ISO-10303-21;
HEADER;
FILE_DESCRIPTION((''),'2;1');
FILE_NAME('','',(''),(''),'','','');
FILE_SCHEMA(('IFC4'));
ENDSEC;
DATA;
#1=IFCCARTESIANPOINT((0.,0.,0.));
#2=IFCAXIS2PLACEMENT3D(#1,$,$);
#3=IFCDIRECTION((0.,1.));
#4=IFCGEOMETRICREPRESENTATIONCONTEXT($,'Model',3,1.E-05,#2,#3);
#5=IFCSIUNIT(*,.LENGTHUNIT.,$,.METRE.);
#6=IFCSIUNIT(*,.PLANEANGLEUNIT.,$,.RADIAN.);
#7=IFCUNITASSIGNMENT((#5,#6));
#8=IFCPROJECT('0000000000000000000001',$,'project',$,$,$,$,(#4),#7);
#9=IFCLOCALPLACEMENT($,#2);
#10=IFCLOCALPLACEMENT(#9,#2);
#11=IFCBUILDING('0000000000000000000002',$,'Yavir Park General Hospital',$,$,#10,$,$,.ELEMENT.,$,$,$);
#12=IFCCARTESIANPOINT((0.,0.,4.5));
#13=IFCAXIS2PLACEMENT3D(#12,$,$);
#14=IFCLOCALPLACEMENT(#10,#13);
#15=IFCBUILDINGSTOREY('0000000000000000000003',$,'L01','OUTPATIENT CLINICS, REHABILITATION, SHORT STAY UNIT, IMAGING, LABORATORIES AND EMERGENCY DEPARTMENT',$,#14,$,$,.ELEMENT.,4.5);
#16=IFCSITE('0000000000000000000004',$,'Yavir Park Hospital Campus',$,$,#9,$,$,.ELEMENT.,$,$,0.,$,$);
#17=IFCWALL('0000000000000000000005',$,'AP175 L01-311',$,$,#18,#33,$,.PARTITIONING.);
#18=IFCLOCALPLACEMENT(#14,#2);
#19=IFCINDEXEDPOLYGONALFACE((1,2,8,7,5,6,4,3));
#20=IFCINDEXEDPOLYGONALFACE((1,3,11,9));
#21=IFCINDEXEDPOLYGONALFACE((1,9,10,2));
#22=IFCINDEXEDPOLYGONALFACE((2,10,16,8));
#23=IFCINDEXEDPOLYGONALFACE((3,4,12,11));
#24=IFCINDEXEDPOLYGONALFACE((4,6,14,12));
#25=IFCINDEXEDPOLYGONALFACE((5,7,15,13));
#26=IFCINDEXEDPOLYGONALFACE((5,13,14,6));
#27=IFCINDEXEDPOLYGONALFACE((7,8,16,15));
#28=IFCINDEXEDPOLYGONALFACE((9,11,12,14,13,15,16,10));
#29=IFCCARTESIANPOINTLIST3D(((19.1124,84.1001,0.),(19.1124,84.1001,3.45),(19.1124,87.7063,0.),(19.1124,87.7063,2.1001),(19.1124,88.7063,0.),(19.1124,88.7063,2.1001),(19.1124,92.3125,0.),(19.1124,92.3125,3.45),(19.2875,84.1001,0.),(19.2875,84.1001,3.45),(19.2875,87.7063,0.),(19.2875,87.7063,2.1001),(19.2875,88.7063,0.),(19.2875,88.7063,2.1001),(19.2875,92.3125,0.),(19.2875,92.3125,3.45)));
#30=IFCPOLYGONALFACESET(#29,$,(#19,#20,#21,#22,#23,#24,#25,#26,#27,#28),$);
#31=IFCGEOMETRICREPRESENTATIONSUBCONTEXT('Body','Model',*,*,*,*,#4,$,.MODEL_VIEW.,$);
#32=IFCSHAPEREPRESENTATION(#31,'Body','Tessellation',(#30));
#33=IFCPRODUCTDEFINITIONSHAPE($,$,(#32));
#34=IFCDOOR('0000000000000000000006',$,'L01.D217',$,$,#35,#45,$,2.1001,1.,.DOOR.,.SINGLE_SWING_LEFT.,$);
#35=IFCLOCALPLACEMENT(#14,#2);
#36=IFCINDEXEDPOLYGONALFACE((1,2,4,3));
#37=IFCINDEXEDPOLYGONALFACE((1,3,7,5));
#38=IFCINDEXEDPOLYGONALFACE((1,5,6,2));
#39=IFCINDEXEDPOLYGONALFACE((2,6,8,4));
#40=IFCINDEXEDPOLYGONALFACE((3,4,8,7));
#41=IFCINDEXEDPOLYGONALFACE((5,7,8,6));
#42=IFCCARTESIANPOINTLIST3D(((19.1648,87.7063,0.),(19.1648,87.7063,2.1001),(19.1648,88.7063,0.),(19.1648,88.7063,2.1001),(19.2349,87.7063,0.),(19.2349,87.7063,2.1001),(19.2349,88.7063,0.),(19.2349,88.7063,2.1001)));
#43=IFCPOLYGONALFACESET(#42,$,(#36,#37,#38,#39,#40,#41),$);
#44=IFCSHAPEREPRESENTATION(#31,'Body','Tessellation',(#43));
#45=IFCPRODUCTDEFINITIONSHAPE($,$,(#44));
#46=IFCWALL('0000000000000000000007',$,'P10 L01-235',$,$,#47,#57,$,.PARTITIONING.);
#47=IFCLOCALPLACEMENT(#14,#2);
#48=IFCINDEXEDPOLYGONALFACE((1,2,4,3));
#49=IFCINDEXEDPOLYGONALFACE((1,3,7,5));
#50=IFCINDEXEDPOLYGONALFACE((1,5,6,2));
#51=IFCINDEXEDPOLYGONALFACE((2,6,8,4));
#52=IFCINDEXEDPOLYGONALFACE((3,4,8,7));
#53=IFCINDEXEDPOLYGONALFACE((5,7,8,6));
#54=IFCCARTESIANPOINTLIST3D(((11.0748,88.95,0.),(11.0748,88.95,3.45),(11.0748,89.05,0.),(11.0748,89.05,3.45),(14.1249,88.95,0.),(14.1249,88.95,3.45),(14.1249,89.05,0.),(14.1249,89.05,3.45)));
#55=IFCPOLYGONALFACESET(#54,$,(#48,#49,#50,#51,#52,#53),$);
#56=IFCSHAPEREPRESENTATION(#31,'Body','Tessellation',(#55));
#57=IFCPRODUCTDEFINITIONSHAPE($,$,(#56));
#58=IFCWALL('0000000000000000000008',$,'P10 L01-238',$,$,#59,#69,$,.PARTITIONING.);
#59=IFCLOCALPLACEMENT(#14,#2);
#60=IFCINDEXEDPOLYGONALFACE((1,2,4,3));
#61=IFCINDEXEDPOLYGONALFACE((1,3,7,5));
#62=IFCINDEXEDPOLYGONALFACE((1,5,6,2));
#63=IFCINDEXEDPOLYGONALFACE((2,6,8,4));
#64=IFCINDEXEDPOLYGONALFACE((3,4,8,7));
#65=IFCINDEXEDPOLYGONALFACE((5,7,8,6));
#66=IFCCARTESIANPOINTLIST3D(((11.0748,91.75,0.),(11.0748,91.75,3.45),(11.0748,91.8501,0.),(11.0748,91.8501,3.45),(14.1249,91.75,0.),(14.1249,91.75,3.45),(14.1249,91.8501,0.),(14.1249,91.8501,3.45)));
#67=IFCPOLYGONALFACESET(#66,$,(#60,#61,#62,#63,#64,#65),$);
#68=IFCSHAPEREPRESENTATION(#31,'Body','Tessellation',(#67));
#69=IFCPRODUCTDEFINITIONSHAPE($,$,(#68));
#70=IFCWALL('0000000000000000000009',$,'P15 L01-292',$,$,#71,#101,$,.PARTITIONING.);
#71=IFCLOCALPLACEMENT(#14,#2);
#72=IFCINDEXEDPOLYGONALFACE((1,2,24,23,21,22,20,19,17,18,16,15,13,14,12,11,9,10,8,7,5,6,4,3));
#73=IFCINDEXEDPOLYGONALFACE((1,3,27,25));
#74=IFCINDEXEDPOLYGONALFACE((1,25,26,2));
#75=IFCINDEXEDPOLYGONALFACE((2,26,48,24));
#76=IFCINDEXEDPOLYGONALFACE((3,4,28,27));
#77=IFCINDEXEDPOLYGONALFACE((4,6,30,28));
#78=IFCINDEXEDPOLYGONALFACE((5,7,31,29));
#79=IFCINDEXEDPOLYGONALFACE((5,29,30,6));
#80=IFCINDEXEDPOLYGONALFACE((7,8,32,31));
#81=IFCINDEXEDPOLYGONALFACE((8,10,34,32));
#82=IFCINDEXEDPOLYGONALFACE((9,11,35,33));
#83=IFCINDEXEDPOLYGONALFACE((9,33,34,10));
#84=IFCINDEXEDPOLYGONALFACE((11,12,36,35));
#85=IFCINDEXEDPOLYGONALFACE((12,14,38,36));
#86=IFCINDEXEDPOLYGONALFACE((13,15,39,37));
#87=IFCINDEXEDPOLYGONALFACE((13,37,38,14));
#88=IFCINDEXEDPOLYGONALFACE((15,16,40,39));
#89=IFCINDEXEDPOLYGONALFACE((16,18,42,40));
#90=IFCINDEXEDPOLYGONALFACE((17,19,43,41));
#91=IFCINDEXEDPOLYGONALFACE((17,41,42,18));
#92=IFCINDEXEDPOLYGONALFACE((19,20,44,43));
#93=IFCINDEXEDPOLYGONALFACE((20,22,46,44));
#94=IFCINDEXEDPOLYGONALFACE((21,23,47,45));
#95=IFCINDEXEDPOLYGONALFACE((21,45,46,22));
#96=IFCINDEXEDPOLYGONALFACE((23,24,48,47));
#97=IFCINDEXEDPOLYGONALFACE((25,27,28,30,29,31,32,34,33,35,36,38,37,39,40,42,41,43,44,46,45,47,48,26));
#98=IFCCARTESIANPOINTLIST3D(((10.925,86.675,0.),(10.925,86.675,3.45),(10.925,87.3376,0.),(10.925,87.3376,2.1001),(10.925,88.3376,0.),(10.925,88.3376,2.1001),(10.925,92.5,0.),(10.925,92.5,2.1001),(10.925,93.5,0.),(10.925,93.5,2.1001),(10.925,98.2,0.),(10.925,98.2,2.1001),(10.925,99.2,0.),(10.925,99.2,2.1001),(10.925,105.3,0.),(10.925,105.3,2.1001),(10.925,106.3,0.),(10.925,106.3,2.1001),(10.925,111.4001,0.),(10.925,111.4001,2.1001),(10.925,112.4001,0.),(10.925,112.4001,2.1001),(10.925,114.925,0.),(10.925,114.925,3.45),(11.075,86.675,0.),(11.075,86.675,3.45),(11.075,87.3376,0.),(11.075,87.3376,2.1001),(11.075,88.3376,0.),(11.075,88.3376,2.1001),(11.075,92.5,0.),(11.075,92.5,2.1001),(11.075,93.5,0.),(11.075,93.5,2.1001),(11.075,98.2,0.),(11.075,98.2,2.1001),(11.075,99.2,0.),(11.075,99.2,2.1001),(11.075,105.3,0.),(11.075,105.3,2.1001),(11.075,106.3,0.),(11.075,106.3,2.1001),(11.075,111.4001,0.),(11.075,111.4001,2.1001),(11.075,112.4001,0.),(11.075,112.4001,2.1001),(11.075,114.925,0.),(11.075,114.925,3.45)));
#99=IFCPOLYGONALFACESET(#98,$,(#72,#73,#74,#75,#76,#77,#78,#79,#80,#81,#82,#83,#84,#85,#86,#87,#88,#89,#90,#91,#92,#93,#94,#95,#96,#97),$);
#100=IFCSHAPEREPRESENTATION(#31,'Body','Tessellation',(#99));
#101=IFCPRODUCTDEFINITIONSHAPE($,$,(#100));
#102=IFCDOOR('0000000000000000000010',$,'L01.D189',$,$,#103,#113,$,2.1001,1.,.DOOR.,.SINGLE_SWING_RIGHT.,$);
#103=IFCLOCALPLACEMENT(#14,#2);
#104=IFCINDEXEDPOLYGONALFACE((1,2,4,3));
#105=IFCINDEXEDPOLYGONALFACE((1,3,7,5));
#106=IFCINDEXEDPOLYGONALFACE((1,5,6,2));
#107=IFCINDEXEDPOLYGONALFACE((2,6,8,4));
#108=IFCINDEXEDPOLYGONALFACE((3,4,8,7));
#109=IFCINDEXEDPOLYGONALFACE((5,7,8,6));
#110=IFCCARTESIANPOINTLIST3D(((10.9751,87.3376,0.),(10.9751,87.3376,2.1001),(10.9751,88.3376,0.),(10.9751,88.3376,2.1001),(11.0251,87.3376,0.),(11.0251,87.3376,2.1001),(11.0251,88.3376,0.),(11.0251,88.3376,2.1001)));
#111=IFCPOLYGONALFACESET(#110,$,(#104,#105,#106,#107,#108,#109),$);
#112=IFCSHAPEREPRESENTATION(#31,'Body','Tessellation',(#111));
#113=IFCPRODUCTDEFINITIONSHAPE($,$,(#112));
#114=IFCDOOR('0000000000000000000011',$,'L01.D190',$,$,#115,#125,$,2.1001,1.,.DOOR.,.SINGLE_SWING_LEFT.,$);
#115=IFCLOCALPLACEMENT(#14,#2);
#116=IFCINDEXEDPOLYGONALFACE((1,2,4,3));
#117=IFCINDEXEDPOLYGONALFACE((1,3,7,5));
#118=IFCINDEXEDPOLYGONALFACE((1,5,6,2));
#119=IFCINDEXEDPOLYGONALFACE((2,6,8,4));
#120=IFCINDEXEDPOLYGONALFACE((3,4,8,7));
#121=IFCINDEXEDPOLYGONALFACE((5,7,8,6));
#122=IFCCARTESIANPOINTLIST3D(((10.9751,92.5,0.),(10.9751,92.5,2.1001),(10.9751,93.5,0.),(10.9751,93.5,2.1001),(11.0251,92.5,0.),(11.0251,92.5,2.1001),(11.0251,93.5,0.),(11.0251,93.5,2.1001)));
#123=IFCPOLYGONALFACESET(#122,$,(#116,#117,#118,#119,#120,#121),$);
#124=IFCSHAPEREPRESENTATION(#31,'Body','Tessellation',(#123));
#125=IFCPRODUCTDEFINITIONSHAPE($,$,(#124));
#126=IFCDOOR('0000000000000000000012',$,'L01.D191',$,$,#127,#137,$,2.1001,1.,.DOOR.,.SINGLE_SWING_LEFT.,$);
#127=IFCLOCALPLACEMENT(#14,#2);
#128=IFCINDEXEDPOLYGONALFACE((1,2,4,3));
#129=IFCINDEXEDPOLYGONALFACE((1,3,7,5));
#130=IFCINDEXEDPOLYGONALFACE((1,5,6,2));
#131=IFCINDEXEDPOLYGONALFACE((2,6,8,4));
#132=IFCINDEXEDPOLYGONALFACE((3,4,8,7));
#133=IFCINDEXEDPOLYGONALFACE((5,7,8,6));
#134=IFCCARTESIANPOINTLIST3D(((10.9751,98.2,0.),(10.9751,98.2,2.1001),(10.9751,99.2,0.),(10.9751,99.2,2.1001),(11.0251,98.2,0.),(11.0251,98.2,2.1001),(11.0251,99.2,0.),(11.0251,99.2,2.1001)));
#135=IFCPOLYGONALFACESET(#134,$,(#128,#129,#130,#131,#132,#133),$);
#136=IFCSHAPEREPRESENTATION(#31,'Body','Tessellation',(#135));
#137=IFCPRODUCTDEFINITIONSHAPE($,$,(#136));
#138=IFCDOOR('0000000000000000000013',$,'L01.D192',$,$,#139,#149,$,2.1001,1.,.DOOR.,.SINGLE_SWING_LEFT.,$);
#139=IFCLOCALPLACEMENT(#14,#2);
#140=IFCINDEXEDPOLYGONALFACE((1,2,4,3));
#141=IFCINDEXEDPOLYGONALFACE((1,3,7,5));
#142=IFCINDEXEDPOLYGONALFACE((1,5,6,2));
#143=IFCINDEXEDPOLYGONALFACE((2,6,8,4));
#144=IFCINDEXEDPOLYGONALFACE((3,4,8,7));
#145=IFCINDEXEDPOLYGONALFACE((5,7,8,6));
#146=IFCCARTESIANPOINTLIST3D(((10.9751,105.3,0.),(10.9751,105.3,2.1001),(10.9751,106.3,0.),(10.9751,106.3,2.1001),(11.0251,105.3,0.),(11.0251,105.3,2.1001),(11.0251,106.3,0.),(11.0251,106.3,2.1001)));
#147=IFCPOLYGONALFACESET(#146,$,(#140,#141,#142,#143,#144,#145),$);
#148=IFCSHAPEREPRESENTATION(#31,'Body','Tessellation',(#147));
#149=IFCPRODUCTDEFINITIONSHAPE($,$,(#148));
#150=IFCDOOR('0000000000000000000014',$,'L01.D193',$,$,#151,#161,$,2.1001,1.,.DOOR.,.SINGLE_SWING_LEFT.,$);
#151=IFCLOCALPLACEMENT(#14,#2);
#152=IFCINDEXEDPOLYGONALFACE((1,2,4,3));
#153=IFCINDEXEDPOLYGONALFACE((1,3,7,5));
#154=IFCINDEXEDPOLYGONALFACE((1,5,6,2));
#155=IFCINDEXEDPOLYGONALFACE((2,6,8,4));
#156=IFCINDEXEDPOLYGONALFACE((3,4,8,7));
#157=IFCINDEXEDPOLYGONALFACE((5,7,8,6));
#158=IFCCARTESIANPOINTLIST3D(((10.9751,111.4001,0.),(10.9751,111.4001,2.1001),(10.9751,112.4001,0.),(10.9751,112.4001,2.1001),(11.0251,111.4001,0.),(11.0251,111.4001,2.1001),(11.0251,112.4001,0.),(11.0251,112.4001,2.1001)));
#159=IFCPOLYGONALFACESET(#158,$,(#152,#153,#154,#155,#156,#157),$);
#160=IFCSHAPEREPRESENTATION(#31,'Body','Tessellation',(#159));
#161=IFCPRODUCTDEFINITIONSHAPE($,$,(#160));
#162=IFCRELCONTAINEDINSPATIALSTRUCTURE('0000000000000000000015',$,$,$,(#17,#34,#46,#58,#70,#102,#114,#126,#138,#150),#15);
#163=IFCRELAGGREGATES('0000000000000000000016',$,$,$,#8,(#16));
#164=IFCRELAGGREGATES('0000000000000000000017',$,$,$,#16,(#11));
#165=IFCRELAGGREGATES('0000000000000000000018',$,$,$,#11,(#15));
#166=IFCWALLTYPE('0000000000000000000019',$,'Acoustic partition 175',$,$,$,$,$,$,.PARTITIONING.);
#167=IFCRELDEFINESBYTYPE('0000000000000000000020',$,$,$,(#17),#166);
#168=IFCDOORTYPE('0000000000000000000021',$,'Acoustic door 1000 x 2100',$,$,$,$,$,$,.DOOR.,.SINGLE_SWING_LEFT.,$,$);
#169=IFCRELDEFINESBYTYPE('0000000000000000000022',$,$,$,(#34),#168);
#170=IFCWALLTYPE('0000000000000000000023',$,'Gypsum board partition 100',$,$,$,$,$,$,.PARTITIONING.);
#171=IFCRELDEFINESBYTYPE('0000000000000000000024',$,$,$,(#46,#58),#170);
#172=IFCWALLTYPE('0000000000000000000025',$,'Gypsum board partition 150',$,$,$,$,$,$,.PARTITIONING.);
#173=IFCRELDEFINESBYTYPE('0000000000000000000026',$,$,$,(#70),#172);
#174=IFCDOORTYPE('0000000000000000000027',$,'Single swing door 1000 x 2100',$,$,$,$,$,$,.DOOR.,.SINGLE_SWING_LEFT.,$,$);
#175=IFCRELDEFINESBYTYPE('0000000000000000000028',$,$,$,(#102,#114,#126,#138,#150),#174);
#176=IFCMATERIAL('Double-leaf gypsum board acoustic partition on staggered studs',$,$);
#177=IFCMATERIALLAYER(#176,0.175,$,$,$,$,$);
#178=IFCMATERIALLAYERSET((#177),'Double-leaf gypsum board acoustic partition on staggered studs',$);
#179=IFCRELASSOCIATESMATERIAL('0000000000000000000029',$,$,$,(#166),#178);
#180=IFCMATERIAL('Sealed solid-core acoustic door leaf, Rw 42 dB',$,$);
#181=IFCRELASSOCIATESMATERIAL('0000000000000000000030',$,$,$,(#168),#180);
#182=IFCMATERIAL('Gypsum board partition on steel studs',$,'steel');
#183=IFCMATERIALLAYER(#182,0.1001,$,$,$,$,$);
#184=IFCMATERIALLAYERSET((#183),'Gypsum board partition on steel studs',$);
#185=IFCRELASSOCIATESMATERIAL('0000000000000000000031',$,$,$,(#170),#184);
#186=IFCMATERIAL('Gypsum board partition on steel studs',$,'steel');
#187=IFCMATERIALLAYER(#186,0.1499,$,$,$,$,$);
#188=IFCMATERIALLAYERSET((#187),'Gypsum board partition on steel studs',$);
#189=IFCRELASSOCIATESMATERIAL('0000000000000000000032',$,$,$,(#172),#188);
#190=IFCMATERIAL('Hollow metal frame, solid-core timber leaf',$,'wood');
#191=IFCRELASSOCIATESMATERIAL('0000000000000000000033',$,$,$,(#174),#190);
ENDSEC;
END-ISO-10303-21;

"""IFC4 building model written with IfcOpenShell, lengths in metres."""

from ifc_helpers import new_model, si_unit, direction, frame, frame_2d, origin, place, context, subcontext, project, spatial, rectangle, extrude, material, layer, layer_set, type_object, element, fill, save


model = new_model("IFC4")

# Units and contexts
model_context = context("Model", 3, precision=1e-05, world=origin(), true_north=direction((0.0, 1.0)))
body_context = subcontext(model_context, "Body", "Model", "MODEL_VIEW")
ifc_project = project(units=[si_unit("LENGTHUNIT", "METRE"), si_unit("PLANEANGLEUNIT", "RADIAN")], contexts=[model_context])

# Site, building, storey
site_placement = place(None, origin())
site = spatial("IfcSite", under=ifc_project, at=site_placement, Name="Yavir Park Hospital Campus", CompositionType="ELEMENT", RefElevation=0.0)
building_placement = place(site_placement, origin())
building = spatial("IfcBuilding", under=site, at=building_placement, Name="Yavir Park General Hospital", CompositionType="ELEMENT")
storey_placement = place(building_placement, frame((0.0, 0.0, 4.5)))
storey = spatial("IfcBuildingStorey", under=building, at=storey_placement, Name="L01", Description="OUTPATIENT CLINICS, REHABILITATION, SHORT STAY UNIT, IMAGING, LABORATORIES AND EMERGENCY DEPARTMENT", CompositionType="ELEMENT", Elevation=4.5)

# Wall, opening, door
ifc_material_1 = material(Name="Double-leaf gypsum board acoustic partition on staggered studs")
ifc_layer_1 = layer(ifc_material_1, 0.175)
ifc_layer_set_1 = layer_set([ifc_layer_1], Name="Double-leaf gypsum board acoustic partition on staggered studs")
wall_type_1 = type_object("IfcWallType", Name="Acoustic partition 175", PredefinedType="PARTITIONING", material=ifc_layer_set_1)
wall_1_placement = place(storey_placement, frame((19.2, 84.1001, 0.0), z_axis=(0.0, 0.0, 1.0), x_axis=(0.0, 1.0, 0.0)))
wall_1 = element("IfcWall", 1, at=wall_1_placement, inside=storey, type_object=wall_type_1, Name="AP175 L01-311", PredefinedType="PARTITIONING", context=body_context, shape_type="SweptSolid", body=[
    extrude(rectangle(XDim=8.2124, YDim=0.175, at=frame_2d((4.1062, 0.0))), origin(), (0.0, 0.0, 1.0), 3.45),
])
opening_1_placement = place(wall_1_placement, frame((3.6062, 0.0, 0.0)))
opening_1 = element("IfcOpeningElement", 2, at=opening_1_placement, cuts=wall_1, PredefinedType="OPENING", context=body_context, shape_type="SweptSolid", body=[
    extrude(rectangle(XDim=1.0, YDim=2.1001, at=frame_2d((0.5, 1.05))), frame((0.0, 0.0974, 0.0), z_axis=(0.0, -1.0, 0.0), x_axis=(1.0, 0.0, 0.0)), (0.0, 0.0, 1.0), 0.1951),
])
ifc_material_2 = material(Name="Sealed solid-core acoustic door leaf, Rw 42 dB")
door_type_1 = type_object("IfcDoorType", Name="Acoustic door 1000 x 2100", OperationType="SINGLE_SWING_LEFT", PredefinedType="DOOR", material=ifc_material_2)
door_1_placement = place(opening_1_placement, origin())
door_1 = element("IfcDoor", 3, at=door_1_placement, inside=storey, type_object=door_type_1, Name="L01.D217", OperationType="SINGLE_SWING_LEFT", OverallHeight=2.1001, OverallWidth=1.0, PredefinedType="DOOR", context=body_context, shape_type="SweptSolid", body=[
    extrude(rectangle(XDim=1.0, YDim=2.1001, at=frame_2d((0.5, 1.05))), frame((0.0, 0.0352, 0.0), z_axis=(0.0, -1.0, 0.0), x_axis=(1.0, 0.0, 0.0)), (0.0, 0.0, 1.0), 0.0701),
])
fill(opening_1, door_1)

# Walls
ifc_material_3 = material(Name="Gypsum board partition on steel studs", Category="steel")
ifc_layer_2 = layer(ifc_material_3, 0.1001)
ifc_layer_set_2 = layer_set([ifc_layer_2], Name="Gypsum board partition on steel studs")
wall_type_2 = type_object("IfcWallType", Name="Gypsum board partition 100", PredefinedType="PARTITIONING", material=ifc_layer_set_2)
for number, where, z_axis, x_axis, name in (
    (4, (11.075, 89.0, 0.0), (0.0, 0.0, 1.0), (1.0, 0.0, 0.0), "P10 L01-235"),
    (5, (11.075, 91.8, 0.0), (0.0, 0.0, 1.0), (1.0, 0.0, 0.0), "P10 L01-238"),
):
    element("IfcWall", number, at=place(storey_placement, frame(where, z_axis=z_axis, x_axis=x_axis)), inside=storey, type_object=wall_type_2, Name=name, PredefinedType="PARTITIONING", context=body_context, shape_type="SweptSolid", body=[
        extrude(rectangle(XDim=3.05, YDim=0.1001, at=frame_2d((1.5249, 0.0))), origin(), (0.0, 0.0, 1.0), 3.45),
    ])

# Wall, openings, doors
ifc_material_4 = material(Name="Gypsum board partition on steel studs", Category="steel")
ifc_layer_3 = layer(ifc_material_4, 0.1499)
ifc_layer_set_3 = layer_set([ifc_layer_3], Name="Gypsum board partition on steel studs")
wall_type_3 = type_object("IfcWallType", Name="Gypsum board partition 150", PredefinedType="PARTITIONING", material=ifc_layer_set_3)
wall_2_placement = place(storey_placement, frame((11.0, 86.675, 0.0), z_axis=(0.0, 0.0, 1.0), x_axis=(0.0, 1.0, 0.0)))
wall_2 = element("IfcWall", 6, at=wall_2_placement, inside=storey, type_object=wall_type_3, Name="P15 L01-292", PredefinedType="PARTITIONING", context=body_context, shape_type="SweptSolid", body=[
    extrude(rectangle(XDim=28.25, YDim=0.1499, at=frame_2d((14.125, 0.0))), origin(), (0.0, 0.0, 1.0), 3.45),
])
opening_2_placement = place(wall_2_placement, frame((0.6626, 0.0, 0.0)))
opening_2 = element("IfcOpeningElement", 7, at=opening_2_placement, cuts=wall_2, PredefinedType="OPENING", context=body_context, shape_type="SweptSolid", body=[
    extrude(rectangle(XDim=1.0, YDim=2.1001, at=frame_2d((0.5, 1.05))), frame((0.0, 0.085, 0.0), z_axis=(0.0, -1.0, 0.0), x_axis=(1.0, 0.0, 0.0)), (0.0, 0.0, 1.0), 0.1699),
])
opening_3_placement = place(wall_2_placement, frame((5.825, 0.0, 0.0)))
opening_3 = element("IfcOpeningElement", 8, at=opening_3_placement, cuts=wall_2, PredefinedType="OPENING", context=body_context, shape_type="SweptSolid", body=[
    extrude(rectangle(XDim=1.0, YDim=2.1001, at=frame_2d((0.5, 1.05))), frame((0.0, 0.085, 0.0), z_axis=(0.0, -1.0, 0.0), x_axis=(1.0, 0.0, 0.0)), (0.0, 0.0, 1.0), 0.1699),
])
opening_4_placement = place(wall_2_placement, frame((11.5249, 0.0, 0.0)))
opening_4 = element("IfcOpeningElement", 9, at=opening_4_placement, cuts=wall_2, PredefinedType="OPENING", context=body_context, shape_type="SweptSolid", body=[
    extrude(rectangle(XDim=1.0, YDim=2.1001, at=frame_2d((0.5, 1.05))), frame((0.0, 0.085, 0.0), z_axis=(0.0, -1.0, 0.0), x_axis=(1.0, 0.0, 0.0)), (0.0, 0.0, 1.0), 0.1699),
])
opening_5_placement = place(wall_2_placement, frame((18.625, 0.0, 0.0)))
opening_5 = element("IfcOpeningElement", 10, at=opening_5_placement, cuts=wall_2, PredefinedType="OPENING", context=body_context, shape_type="SweptSolid", body=[
    extrude(rectangle(XDim=1.0, YDim=2.1001, at=frame_2d((0.5, 1.05))), frame((0.0, 0.085, 0.0), z_axis=(0.0, -1.0, 0.0), x_axis=(1.0, 0.0, 0.0)), (0.0, 0.0, 1.0), 0.1699),
])
opening_6_placement = place(wall_2_placement, frame((24.7251, 0.0, 0.0)))
opening_6 = element("IfcOpeningElement", 11, at=opening_6_placement, cuts=wall_2, PredefinedType="OPENING", context=body_context, shape_type="SweptSolid", body=[
    extrude(rectangle(XDim=1.0, YDim=2.1001, at=frame_2d((0.5, 1.05))), frame((0.0, 0.085, 0.0), z_axis=(0.0, -1.0, 0.0), x_axis=(1.0, 0.0, 0.0)), (0.0, 0.0, 1.0), 0.1699),
])
ifc_material_5 = material(Name="Hollow metal frame, solid-core timber leaf", Category="wood")
door_type_2 = type_object("IfcDoorType", Name="Single swing door 1000 x 2100", OperationType="SINGLE_SWING_LEFT", PredefinedType="DOOR", material=ifc_material_5)
door_2_placement = place(opening_2_placement, origin())
door_2 = element("IfcDoor", 12, at=door_2_placement, inside=storey, type_object=door_type_2, Name="L01.D189", OperationType="SINGLE_SWING_RIGHT", OverallHeight=2.1001, OverallWidth=1.0, PredefinedType="DOOR", context=body_context, shape_type="SweptSolid", body=[
    extrude(rectangle(XDim=1.0, YDim=2.1001, at=frame_2d((0.5, 1.05))), frame((0.0, 0.0249, 0.0), z_axis=(0.0, -1.0, 0.0), x_axis=(1.0, 0.0, 0.0)), (0.0, 0.0, 1.0), 0.05),
])
fill(opening_2, door_2)
door_3_placement = place(opening_3_placement, origin())
door_3 = element("IfcDoor", 13, at=door_3_placement, inside=storey, type_object=door_type_2, Name="L01.D190", OperationType="SINGLE_SWING_LEFT", OverallHeight=2.1001, OverallWidth=1.0, PredefinedType="DOOR", context=body_context, shape_type="SweptSolid", body=[
    extrude(rectangle(XDim=1.0, YDim=2.1001, at=frame_2d((0.5, 1.05))), frame((0.0, 0.0249, 0.0), z_axis=(0.0, -1.0, 0.0), x_axis=(1.0, 0.0, 0.0)), (0.0, 0.0, 1.0), 0.05),
])
fill(opening_3, door_3)
door_4_placement = place(opening_4_placement, origin())
door_4 = element("IfcDoor", 14, at=door_4_placement, inside=storey, type_object=door_type_2, Name="L01.D191", OperationType="SINGLE_SWING_LEFT", OverallHeight=2.1001, OverallWidth=1.0, PredefinedType="DOOR", context=body_context, shape_type="SweptSolid", body=[
    extrude(rectangle(XDim=1.0, YDim=2.1001, at=frame_2d((0.5, 1.05))), frame((0.0, 0.0249, 0.0), z_axis=(0.0, -1.0, 0.0), x_axis=(1.0, 0.0, 0.0)), (0.0, 0.0, 1.0), 0.05),
])
fill(opening_4, door_4)
door_5_placement = place(opening_5_placement, origin())
door_5 = element("IfcDoor", 15, at=door_5_placement, inside=storey, type_object=door_type_2, Name="L01.D192", OperationType="SINGLE_SWING_LEFT", OverallHeight=2.1001, OverallWidth=1.0, PredefinedType="DOOR", context=body_context, shape_type="SweptSolid", body=[
    extrude(rectangle(XDim=1.0, YDim=2.1001, at=frame_2d((0.5, 1.05))), frame((0.0, 0.0249, 0.0), z_axis=(0.0, -1.0, 0.0), x_axis=(1.0, 0.0, 0.0)), (0.0, 0.0, 1.0), 0.05),
])
fill(opening_5, door_5)
door_6_placement = place(opening_6_placement, origin())
door_6 = element("IfcDoor", 16, at=door_6_placement, inside=storey, type_object=door_type_2, Name="L01.D193", OperationType="SINGLE_SWING_LEFT", OverallHeight=2.1001, OverallWidth=1.0, PredefinedType="DOOR", context=body_context, shape_type="SweptSolid", body=[
    extrude(rectangle(XDim=1.0, YDim=2.1001, at=frame_2d((0.5, 1.05))), frame((0.0, 0.0249, 0.0), z_axis=(0.0, -1.0, 0.0), x_axis=(1.0, 0.0, 0.0)), (0.0, 0.0, 1.0), 0.05),
])
fill(opening_6, door_6)

save(model, "model.ifc")
